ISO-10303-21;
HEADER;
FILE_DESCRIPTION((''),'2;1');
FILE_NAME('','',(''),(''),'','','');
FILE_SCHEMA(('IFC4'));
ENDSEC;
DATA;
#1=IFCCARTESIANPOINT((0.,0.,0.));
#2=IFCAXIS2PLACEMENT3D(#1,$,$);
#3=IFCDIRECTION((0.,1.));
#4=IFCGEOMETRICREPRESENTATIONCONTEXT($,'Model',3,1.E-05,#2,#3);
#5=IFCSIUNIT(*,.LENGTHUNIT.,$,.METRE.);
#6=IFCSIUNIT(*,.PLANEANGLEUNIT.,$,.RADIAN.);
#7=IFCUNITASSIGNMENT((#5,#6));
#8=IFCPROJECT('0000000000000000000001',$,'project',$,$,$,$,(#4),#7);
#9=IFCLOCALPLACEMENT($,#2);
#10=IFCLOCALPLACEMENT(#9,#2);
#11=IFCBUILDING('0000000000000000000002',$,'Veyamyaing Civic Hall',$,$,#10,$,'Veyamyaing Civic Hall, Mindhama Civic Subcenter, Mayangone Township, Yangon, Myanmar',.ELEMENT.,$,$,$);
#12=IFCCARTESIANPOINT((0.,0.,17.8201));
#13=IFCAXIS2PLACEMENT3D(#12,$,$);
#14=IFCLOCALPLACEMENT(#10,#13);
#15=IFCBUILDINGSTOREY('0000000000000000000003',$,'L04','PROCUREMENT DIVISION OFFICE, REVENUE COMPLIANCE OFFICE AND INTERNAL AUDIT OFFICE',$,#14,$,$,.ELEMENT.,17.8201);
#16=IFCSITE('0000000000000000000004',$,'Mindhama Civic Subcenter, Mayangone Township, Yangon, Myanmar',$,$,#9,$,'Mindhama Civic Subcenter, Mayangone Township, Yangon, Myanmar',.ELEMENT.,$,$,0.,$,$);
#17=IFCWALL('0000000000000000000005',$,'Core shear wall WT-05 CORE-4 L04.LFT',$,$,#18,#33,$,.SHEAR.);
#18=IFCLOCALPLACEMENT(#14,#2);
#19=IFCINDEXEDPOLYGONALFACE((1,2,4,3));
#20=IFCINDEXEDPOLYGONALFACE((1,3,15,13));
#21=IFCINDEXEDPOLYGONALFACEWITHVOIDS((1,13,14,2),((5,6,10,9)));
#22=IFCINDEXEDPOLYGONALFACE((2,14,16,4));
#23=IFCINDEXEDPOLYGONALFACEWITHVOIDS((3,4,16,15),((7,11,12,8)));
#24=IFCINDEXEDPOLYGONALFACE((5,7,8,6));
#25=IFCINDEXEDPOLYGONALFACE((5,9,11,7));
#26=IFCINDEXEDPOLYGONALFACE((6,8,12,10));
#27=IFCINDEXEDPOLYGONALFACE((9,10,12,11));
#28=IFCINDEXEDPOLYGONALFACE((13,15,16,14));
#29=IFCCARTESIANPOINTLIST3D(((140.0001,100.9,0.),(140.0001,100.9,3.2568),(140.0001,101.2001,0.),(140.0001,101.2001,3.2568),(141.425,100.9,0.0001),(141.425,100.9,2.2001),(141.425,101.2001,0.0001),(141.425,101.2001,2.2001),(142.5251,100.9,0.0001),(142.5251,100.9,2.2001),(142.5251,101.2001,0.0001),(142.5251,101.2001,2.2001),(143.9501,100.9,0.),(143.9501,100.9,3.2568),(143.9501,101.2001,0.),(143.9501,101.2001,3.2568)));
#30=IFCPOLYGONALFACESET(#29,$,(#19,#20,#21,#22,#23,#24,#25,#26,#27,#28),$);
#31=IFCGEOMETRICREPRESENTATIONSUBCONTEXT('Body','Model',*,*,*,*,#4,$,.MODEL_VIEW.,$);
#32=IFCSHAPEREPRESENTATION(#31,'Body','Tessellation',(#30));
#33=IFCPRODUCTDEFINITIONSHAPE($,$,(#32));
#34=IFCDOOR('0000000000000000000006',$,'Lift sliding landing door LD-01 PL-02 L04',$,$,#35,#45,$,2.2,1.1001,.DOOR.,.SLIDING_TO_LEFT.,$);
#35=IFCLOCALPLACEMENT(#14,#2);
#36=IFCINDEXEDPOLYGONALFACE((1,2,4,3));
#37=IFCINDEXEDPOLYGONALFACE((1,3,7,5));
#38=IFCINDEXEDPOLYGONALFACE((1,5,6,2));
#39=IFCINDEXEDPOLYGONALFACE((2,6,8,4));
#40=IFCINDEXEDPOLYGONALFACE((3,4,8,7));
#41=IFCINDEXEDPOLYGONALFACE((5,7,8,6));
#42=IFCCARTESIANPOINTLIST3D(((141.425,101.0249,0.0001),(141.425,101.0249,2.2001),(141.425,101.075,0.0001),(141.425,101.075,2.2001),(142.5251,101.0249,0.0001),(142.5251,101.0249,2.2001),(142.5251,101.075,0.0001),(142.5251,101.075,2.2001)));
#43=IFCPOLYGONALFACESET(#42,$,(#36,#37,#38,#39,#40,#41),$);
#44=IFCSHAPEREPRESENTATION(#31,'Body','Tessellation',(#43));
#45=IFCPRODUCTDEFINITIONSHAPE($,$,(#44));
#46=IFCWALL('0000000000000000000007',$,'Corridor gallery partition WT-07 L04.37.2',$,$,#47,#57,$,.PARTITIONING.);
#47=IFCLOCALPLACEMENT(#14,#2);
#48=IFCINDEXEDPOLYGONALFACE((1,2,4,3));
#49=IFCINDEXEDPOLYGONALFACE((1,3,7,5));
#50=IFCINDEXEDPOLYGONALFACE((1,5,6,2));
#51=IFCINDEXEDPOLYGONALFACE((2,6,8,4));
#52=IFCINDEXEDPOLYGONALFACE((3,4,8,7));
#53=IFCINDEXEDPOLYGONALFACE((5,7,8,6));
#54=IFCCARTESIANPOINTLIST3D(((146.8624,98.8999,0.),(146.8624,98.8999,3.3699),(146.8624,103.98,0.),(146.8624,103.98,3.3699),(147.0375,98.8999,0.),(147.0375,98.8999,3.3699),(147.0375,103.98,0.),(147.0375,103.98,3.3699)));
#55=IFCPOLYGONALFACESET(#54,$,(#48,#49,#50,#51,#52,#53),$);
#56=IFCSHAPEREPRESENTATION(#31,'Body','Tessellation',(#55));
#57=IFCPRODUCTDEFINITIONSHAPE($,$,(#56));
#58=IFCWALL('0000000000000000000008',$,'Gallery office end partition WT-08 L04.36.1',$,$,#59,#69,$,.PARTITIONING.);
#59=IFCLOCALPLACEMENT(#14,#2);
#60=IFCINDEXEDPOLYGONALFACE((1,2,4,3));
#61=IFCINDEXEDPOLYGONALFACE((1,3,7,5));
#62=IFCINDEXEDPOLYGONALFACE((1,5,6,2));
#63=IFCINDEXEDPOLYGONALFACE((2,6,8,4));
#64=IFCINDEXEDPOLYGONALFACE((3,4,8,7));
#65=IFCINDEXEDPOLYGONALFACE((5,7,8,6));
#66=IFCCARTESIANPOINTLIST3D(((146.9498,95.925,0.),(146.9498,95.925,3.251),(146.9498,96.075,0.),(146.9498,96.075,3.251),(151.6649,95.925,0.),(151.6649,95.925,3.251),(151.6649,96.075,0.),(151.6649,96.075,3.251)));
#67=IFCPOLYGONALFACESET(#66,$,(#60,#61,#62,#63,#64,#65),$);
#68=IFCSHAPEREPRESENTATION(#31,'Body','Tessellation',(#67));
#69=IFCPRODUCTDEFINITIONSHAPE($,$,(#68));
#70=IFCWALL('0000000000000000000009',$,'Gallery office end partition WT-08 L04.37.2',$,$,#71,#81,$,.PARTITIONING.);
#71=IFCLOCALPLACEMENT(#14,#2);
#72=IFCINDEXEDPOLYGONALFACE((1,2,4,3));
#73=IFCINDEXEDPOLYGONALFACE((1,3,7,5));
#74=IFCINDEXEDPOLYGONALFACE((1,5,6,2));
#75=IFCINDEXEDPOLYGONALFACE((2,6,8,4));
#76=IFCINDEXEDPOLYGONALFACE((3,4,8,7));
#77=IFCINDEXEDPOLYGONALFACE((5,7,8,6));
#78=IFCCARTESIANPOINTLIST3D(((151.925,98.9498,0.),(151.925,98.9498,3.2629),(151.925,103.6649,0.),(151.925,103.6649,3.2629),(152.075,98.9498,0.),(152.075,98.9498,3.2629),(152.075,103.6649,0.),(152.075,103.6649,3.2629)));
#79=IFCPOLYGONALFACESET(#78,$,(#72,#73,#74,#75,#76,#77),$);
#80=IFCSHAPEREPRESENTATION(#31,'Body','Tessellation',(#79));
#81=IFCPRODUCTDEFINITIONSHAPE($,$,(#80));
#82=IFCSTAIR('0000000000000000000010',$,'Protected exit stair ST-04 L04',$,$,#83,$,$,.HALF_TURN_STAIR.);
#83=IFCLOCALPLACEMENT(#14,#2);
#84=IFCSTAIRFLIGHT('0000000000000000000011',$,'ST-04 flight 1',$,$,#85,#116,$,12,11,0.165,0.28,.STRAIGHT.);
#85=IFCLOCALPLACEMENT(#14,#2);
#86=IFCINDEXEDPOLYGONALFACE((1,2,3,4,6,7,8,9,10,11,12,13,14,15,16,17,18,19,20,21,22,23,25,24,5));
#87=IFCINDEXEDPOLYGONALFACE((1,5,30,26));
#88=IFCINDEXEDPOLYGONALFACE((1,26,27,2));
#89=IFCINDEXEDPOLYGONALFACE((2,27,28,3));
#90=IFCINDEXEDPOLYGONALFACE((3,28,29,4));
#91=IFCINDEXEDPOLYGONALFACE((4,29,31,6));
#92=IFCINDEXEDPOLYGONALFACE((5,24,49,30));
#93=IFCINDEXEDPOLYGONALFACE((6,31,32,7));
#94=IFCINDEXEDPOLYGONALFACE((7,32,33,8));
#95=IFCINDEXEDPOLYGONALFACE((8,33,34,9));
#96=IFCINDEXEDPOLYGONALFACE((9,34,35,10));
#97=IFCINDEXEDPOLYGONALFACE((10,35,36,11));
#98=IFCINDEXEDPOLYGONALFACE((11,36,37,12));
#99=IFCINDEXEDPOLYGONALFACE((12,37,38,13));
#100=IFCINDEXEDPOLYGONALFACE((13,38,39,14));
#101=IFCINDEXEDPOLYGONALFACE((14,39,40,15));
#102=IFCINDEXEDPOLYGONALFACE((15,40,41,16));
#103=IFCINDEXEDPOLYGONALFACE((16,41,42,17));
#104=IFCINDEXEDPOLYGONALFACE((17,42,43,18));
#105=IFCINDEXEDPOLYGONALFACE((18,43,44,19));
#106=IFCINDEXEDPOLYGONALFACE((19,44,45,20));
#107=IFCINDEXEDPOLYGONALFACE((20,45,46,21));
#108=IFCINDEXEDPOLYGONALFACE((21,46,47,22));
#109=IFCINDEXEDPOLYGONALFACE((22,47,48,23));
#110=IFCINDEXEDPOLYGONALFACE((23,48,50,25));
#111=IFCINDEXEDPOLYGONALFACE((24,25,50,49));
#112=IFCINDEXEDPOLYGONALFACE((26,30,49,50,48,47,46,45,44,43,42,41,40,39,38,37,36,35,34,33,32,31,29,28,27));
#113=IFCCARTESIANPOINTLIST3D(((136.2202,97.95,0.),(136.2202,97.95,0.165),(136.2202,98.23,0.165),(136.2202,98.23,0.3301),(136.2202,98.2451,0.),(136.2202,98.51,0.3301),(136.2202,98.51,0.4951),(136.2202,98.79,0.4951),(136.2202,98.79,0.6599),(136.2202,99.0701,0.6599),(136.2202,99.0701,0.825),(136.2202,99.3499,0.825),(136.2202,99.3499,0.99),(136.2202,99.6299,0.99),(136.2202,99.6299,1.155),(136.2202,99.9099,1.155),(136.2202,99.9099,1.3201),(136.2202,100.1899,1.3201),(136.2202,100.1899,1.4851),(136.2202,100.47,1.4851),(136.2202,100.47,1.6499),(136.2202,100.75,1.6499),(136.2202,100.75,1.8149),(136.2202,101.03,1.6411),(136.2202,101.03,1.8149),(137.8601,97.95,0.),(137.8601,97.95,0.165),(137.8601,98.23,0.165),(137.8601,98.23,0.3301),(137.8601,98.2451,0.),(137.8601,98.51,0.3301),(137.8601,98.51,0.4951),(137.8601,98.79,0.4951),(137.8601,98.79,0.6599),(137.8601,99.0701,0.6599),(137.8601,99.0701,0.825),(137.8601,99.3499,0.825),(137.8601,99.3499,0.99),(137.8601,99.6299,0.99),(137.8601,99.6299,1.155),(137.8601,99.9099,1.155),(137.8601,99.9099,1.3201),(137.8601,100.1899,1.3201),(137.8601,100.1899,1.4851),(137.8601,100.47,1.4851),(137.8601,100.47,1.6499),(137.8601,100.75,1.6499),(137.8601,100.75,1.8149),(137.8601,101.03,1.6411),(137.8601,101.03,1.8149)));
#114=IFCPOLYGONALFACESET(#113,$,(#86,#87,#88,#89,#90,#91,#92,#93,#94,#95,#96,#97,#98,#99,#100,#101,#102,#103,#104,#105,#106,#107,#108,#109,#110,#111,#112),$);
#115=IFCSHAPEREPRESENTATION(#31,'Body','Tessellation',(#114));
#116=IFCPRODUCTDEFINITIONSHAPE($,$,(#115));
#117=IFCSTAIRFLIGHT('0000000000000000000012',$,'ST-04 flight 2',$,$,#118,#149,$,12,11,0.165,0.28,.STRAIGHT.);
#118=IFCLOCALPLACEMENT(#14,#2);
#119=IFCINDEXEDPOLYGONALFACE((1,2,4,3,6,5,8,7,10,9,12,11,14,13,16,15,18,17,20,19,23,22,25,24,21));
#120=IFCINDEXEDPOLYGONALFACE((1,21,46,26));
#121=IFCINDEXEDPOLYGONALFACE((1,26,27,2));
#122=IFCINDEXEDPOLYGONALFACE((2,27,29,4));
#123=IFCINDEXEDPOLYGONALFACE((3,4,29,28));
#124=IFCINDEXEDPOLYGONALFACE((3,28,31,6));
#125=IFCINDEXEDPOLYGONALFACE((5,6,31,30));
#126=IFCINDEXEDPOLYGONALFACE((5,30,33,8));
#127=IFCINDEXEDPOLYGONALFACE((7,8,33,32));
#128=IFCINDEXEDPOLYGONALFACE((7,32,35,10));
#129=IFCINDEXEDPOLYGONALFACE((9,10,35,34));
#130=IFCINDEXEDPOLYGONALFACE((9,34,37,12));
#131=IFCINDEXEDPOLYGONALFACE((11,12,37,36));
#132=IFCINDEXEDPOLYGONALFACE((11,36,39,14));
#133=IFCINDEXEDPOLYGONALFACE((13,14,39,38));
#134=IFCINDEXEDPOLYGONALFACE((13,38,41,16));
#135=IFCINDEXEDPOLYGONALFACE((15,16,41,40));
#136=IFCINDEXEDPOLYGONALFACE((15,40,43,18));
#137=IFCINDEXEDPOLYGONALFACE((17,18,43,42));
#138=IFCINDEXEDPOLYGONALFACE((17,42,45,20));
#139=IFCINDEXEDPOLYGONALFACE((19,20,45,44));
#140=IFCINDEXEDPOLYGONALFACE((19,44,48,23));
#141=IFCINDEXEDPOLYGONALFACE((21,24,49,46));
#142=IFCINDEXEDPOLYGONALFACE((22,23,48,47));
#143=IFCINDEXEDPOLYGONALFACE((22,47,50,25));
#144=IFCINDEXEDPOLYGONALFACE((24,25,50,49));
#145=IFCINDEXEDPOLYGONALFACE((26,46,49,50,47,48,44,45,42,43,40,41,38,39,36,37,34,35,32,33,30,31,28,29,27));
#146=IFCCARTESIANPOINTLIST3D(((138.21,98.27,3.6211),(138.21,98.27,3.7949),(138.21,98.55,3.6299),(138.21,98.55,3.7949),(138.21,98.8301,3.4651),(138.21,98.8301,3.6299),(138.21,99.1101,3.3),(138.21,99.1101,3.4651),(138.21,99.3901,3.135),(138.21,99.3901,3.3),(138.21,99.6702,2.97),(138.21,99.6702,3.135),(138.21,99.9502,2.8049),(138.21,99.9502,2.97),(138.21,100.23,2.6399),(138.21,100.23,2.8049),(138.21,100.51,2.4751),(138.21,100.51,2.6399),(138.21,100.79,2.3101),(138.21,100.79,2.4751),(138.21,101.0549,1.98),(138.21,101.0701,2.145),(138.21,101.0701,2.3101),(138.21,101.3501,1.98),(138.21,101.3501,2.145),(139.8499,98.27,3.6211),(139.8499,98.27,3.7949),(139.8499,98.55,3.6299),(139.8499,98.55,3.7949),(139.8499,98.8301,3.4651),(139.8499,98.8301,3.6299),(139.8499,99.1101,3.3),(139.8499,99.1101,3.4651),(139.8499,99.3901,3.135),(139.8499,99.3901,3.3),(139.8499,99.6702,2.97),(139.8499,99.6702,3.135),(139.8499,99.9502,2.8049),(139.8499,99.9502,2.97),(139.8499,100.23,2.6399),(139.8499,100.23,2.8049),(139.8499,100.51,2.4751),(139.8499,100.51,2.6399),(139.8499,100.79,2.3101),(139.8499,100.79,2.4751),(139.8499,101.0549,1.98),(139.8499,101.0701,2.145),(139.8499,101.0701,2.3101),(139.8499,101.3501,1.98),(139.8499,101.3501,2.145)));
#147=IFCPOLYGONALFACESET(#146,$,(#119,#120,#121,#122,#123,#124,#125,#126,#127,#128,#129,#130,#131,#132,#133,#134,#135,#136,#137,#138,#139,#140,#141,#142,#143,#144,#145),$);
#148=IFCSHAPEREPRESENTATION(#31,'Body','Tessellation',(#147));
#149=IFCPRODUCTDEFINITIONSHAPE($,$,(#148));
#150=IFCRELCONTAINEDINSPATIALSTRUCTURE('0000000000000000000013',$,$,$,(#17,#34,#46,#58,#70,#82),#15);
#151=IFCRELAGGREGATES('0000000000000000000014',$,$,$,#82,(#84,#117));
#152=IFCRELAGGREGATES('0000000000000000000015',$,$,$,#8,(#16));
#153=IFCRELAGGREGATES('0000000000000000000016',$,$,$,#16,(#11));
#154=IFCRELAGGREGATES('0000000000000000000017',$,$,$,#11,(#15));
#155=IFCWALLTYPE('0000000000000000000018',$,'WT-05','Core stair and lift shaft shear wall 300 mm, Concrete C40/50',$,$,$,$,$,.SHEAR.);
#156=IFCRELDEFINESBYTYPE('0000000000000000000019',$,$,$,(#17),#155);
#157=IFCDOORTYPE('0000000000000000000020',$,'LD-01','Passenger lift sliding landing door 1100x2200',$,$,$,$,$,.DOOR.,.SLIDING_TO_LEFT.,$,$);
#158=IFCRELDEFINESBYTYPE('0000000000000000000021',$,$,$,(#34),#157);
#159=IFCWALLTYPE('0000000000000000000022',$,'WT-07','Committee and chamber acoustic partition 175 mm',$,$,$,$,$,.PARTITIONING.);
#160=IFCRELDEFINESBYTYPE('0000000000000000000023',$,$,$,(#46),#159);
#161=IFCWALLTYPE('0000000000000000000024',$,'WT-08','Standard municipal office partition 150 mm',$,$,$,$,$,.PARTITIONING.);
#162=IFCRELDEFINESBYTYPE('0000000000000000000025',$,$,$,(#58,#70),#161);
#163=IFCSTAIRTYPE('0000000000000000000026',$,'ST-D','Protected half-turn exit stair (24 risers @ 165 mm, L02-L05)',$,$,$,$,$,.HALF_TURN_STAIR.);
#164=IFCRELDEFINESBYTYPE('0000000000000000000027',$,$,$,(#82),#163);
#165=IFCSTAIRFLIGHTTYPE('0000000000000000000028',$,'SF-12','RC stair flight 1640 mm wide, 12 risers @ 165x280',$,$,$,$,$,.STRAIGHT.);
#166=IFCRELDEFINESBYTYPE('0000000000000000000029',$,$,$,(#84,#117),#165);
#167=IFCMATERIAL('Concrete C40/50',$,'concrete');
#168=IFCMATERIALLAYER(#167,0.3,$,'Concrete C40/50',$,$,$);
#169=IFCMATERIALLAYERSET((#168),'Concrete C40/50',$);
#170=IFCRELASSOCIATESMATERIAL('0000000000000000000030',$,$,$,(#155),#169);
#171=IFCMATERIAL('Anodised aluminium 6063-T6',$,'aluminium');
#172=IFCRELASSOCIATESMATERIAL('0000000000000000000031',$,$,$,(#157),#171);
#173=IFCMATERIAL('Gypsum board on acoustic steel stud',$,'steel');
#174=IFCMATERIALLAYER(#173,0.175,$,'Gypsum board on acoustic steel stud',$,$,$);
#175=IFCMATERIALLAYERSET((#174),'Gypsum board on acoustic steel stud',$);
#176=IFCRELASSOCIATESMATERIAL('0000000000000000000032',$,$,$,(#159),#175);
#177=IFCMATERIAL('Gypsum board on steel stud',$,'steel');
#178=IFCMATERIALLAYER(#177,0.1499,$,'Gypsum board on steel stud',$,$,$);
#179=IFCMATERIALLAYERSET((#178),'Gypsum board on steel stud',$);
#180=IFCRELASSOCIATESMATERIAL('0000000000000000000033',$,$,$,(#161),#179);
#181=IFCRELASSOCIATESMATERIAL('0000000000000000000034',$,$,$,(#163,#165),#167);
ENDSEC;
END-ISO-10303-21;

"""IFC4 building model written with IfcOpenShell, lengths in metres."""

from ifc_helpers import new_model, si_unit, direction, frame, frame_2d, origin, place, context, subcontext, project, spatial, polyline, rectangle, outline, extrude, material, layer, layer_set, type_object, element, fill, aggregate, save


model = new_model("IFC4")

# Units and contexts
model_context = context("Model", 3, precision=1e-05, world=origin(), true_north=direction((0.0, 1.0)))
body_context = subcontext(model_context, "Body", "Model", "MODEL_VIEW")
ifc_project = project(units=[si_unit("LENGTHUNIT", "METRE"), si_unit("PLANEANGLEUNIT", "RADIAN")], contexts=[model_context])

# Site, building, storey
site_placement = place(None, origin())
site = spatial("IfcSite", under=ifc_project, at=site_placement, Name="Mindhama Civic Subcenter, Mayangone Township, Yangon, Myanmar", LongName="Mindhama Civic Subcenter, Mayangone Township, Yangon, Myanmar", CompositionType="ELEMENT", RefElevation=0.0)
building_placement = place(site_placement, origin())
building = spatial("IfcBuilding", under=site, at=building_placement, Name="Veyamyaing Civic Hall", LongName="Veyamyaing Civic Hall, Mindhama Civic Subcenter, Mayangone Township, Yangon, Myanmar", CompositionType="ELEMENT")
storey_placement = place(building_placement, frame((0.0, 0.0, 17.8201)))
storey = spatial("IfcBuildingStorey", under=building, at=storey_placement, Name="L04", Description="PROCUREMENT DIVISION OFFICE, REVENUE COMPLIANCE OFFICE AND INTERNAL AUDIT OFFICE", CompositionType="ELEMENT", Elevation=17.8201)

# Shared definitions
ifc_material_1 = material(Name="Concrete C40/50", Category="concrete")
ifc_layer_1 = layer(ifc_material_1, 0.3, Name="Concrete C40/50")
ifc_layer_set_1 = layer_set([ifc_layer_1], Name="Concrete C40/50")
wall_type_1 = type_object("IfcWallType", Name="WT-05", Description="Core stair and lift shaft shear wall 300 mm, Concrete C40/50", PredefinedType="SHEAR", material=ifc_layer_set_1)

# Wall, opening, door
wall_1_placement = place(storey_placement, frame((140.0, 101.05, 0.0), z_axis=(0.0, 0.0, 1.0), x_axis=(1.0, 0.0, 0.0)))
wall_1 = element("IfcWall", 1, at=wall_1_placement, inside=storey, type_object=wall_type_1, Name="Core shear wall WT-05 CORE-4 L04.LFT", PredefinedType="SHEAR", context=body_context, shape_type="SweptSolid", body=[
    extrude(rectangle(XDim=3.95, YDim=0.3, at=frame_2d((1.9751, 0.0))), origin(), (0.0, 0.0, 1.0), 3.2568),
])
opening_1_placement = place(wall_1_placement, frame((1.425, 0.0, 0.0)))
opening_1 = element("IfcOpeningElement", 2, at=opening_1_placement, cuts=wall_1, PredefinedType="OPENING", context=body_context, shape_type="SweptSolid", body=[
    extrude(rectangle(XDim=1.1001, YDim=2.2, at=frame_2d((0.55, 1.1001))), frame((0.0, 0.1599, 0.0), z_axis=(0.0, -1.0, 0.0), x_axis=(1.0, 0.0, 0.0)), (0.0, 0.0, 1.0), 0.3201),
])
ifc_material_2 = material(Name="Anodised aluminium 6063-T6", Category="aluminium")
door_type_1 = type_object("IfcDoorType", Name="LD-01", Description="Passenger lift sliding landing door 1100x2200", OperationType="SLIDING_TO_LEFT", PredefinedType="DOOR", material=ifc_material_2)
door_1_placement = place(opening_1_placement, origin())
door_1 = element("IfcDoor", 3, at=door_1_placement, inside=storey, type_object=door_type_1, Name="Lift sliding landing door LD-01 PL-02 L04", OperationType="SLIDING_TO_LEFT", OverallHeight=2.2, OverallWidth=1.1001, PredefinedType="DOOR", context=body_context, shape_type="SweptSolid", body=[
    extrude(rectangle(XDim=1.1001, YDim=2.2, at=frame_2d((0.55, 1.1001))), frame((0.0, 0.0249, 0.0), z_axis=(0.0, -1.0, 0.0), x_axis=(1.0, 0.0, 0.0)), (0.0, 0.0, 1.0), 0.05),
])
fill(opening_1, door_1)
ifc_material_3 = material(Name="Gypsum board on acoustic steel stud", Category="steel")
ifc_layer_2 = layer(ifc_material_3, 0.175, Name="Gypsum board on acoustic steel stud")
ifc_layer_set_2 = layer_set([ifc_layer_2], Name="Gypsum board on acoustic steel stud")
wall_type_2 = type_object("IfcWallType", Name="WT-07", Description="Committee and chamber acoustic partition 175 mm", PredefinedType="PARTITIONING", material=ifc_layer_set_2)

# Walls
wall_2_placement = place(storey_placement, frame((146.95, 98.8999, 0.0), z_axis=(0.0, 0.0, 1.0), x_axis=(0.0, 1.0, 0.0)))
element("IfcWall", 4, at=wall_2_placement, inside=storey, type_object=wall_type_2, Name="Corridor gallery partition WT-07 L04.37.2", PredefinedType="PARTITIONING", context=body_context, shape_type="SweptSolid", body=[
    extrude(rectangle(XDim=5.0801, YDim=0.175, at=frame_2d((2.54, 0.0))), origin(), (0.0, 0.0, 1.0), 3.3699),
])
ifc_material_4 = material(Name="Gypsum board on steel stud", Category="steel")
ifc_layer_3 = layer(ifc_material_4, 0.1499, Name="Gypsum board on steel stud")
ifc_layer_set_3 = layer_set([ifc_layer_3], Name="Gypsum board on steel stud")
wall_type_3 = type_object("IfcWallType", Name="WT-08", Description="Standard municipal office partition 150 mm", PredefinedType="PARTITIONING", material=ifc_layer_set_3)
wall_3_placement = place(storey_placement, frame((146.95, 96.0, 0.0), z_axis=(0.0, 0.0, 1.0), x_axis=(1.0, 0.0, 0.0)))
element("IfcWall", 5, at=wall_3_placement, inside=storey, type_object=wall_type_3, Name="Gallery office end partition WT-08 L04.36.1", PredefinedType="PARTITIONING", context=body_context, shape_type="SweptSolid", body=[
    extrude(rectangle(XDim=4.7151, YDim=0.1499, at=frame_2d((2.3574, 0.0))), origin(), (0.0, 0.0, 1.0), 3.251),
])
wall_4_placement = place(storey_placement, frame((152.0, 98.95, 0.0), z_axis=(0.0, 0.0, 1.0), x_axis=(0.0, 1.0, 0.0)))
element("IfcWall", 6, at=wall_4_placement, inside=storey, type_object=wall_type_3, Name="Gallery office end partition WT-08 L04.37.2", PredefinedType="PARTITIONING", context=body_context, shape_type="SweptSolid", body=[
    extrude(rectangle(XDim=4.7151, YDim=0.1499, at=frame_2d((2.3574, 0.0))), origin(), (0.0, 0.0, 1.0), 3.2629),
])

# Stair, stair flights
stair_type = type_object("IfcStairType", Name="ST-D", Description="Protected half-turn exit stair (24 risers @ 165 mm, L02-L05)", PredefinedType="HALF_TURN_STAIR", material=ifc_material_1)
stair_placement = place(storey_placement, origin())
stair = element("IfcStair", 7, at=stair_placement, inside=storey, type_object=stair_type, Name="Protected exit stair ST-04 L04", PredefinedType="HALF_TURN_STAIR")
stair_flight_type = type_object("IfcStairFlightType", Name="SF-12", Description="RC stair flight 1640 mm wide, 12 risers @ 165x280", PredefinedType="STRAIGHT", material=ifc_material_1)
stair_flight_1_placement = place(storey_placement, frame((137.04, 97.95, 0.0), z_axis=(0.0, 0.0, 1.0), x_axis=(0.0, 1.0, 0.0)))
stair_flight_1 = element("IfcStairFlight", 8, at=stair_flight_1_placement, type_object=stair_flight_type, Name="ST-04 flight 1", NumberOfRisers=12, NumberOfTreads=11, PredefinedType="STRAIGHT", RiserHeight=0.165, TreadLength=0.28, context=body_context, shape_type="SweptSolid", body=[
    extrude(outline(polyline([(0.0, 0.0), (0.0, 0.165), (0.28, 0.165), (0.28, 0.3301), (0.5601, 0.3301), (0.5601, 0.4951), (0.8401, 0.4951), (0.8401, 0.6599), (1.1201, 0.6599), (1.1201, 0.825), (1.3999, 0.825), (1.3999, 0.99), (1.6799, 0.99), (1.6799, 1.155), (1.96, 1.155), (1.96, 1.3201), (2.24, 1.3201), (2.24, 1.4851), (2.52, 1.4851), (2.52, 1.6499), (2.8, 1.6499), (2.8, 1.8149), (3.0801, 1.8149), (3.0801, 1.98), (3.0801, 1.6411), (0.2952, 0.0), (0.0, 0.0)])), frame((0.0, 0.8198, 0.0), z_axis=(0.0, -1.0, 0.0), x_axis=(1.0, 0.0, 0.0)), (0.0, 0.0, 1.0), 1.6399),
])
stair_flight_2_placement = place(storey_placement, frame((139.03, 101.3501, 1.98), z_axis=(0.0, 0.0, 1.0), x_axis=(0.0, -1.0, 0.0)))
stair_flight_2 = element("IfcStairFlight", 9, at=stair_flight_2_placement, type_object=stair_flight_type, Name="ST-04 flight 2", NumberOfRisers=12, NumberOfTreads=11, PredefinedType="STRAIGHT", RiserHeight=0.165, TreadLength=0.28, context=body_context, shape_type="SweptSolid", body=[
    extrude(outline(polyline([(0.0, 0.0), (0.0, 0.165), (0.28, 0.165), (0.28, 0.3301), (0.5601, 0.3301), (0.5601, 0.4951), (0.8401, 0.4951), (0.8401, 0.6599), (1.1201, 0.6599), (1.1201, 0.825), (1.3999, 0.825), (1.3999, 0.99), (1.6799, 0.99), (1.6799, 1.155), (1.96, 1.155), (1.96, 1.3201), (2.24, 1.3201), (2.24, 1.4851), (2.52, 1.4851), (2.52, 1.6499), (2.8, 1.6499), (2.8, 1.8149), (3.0801, 1.8149), (3.0801, 1.98), (3.0801, 1.6411), (0.2952, 0.0), (0.0, 0.0)])), frame((0.0, 0.8198, 0.0), z_axis=(0.0, -1.0, 0.0), x_axis=(1.0, 0.0, 0.0)), (0.0, 0.0, 1.0), 1.6399),
])
aggregate(stair, [stair_flight_1, stair_flight_2])

save(model, "model.ifc")
